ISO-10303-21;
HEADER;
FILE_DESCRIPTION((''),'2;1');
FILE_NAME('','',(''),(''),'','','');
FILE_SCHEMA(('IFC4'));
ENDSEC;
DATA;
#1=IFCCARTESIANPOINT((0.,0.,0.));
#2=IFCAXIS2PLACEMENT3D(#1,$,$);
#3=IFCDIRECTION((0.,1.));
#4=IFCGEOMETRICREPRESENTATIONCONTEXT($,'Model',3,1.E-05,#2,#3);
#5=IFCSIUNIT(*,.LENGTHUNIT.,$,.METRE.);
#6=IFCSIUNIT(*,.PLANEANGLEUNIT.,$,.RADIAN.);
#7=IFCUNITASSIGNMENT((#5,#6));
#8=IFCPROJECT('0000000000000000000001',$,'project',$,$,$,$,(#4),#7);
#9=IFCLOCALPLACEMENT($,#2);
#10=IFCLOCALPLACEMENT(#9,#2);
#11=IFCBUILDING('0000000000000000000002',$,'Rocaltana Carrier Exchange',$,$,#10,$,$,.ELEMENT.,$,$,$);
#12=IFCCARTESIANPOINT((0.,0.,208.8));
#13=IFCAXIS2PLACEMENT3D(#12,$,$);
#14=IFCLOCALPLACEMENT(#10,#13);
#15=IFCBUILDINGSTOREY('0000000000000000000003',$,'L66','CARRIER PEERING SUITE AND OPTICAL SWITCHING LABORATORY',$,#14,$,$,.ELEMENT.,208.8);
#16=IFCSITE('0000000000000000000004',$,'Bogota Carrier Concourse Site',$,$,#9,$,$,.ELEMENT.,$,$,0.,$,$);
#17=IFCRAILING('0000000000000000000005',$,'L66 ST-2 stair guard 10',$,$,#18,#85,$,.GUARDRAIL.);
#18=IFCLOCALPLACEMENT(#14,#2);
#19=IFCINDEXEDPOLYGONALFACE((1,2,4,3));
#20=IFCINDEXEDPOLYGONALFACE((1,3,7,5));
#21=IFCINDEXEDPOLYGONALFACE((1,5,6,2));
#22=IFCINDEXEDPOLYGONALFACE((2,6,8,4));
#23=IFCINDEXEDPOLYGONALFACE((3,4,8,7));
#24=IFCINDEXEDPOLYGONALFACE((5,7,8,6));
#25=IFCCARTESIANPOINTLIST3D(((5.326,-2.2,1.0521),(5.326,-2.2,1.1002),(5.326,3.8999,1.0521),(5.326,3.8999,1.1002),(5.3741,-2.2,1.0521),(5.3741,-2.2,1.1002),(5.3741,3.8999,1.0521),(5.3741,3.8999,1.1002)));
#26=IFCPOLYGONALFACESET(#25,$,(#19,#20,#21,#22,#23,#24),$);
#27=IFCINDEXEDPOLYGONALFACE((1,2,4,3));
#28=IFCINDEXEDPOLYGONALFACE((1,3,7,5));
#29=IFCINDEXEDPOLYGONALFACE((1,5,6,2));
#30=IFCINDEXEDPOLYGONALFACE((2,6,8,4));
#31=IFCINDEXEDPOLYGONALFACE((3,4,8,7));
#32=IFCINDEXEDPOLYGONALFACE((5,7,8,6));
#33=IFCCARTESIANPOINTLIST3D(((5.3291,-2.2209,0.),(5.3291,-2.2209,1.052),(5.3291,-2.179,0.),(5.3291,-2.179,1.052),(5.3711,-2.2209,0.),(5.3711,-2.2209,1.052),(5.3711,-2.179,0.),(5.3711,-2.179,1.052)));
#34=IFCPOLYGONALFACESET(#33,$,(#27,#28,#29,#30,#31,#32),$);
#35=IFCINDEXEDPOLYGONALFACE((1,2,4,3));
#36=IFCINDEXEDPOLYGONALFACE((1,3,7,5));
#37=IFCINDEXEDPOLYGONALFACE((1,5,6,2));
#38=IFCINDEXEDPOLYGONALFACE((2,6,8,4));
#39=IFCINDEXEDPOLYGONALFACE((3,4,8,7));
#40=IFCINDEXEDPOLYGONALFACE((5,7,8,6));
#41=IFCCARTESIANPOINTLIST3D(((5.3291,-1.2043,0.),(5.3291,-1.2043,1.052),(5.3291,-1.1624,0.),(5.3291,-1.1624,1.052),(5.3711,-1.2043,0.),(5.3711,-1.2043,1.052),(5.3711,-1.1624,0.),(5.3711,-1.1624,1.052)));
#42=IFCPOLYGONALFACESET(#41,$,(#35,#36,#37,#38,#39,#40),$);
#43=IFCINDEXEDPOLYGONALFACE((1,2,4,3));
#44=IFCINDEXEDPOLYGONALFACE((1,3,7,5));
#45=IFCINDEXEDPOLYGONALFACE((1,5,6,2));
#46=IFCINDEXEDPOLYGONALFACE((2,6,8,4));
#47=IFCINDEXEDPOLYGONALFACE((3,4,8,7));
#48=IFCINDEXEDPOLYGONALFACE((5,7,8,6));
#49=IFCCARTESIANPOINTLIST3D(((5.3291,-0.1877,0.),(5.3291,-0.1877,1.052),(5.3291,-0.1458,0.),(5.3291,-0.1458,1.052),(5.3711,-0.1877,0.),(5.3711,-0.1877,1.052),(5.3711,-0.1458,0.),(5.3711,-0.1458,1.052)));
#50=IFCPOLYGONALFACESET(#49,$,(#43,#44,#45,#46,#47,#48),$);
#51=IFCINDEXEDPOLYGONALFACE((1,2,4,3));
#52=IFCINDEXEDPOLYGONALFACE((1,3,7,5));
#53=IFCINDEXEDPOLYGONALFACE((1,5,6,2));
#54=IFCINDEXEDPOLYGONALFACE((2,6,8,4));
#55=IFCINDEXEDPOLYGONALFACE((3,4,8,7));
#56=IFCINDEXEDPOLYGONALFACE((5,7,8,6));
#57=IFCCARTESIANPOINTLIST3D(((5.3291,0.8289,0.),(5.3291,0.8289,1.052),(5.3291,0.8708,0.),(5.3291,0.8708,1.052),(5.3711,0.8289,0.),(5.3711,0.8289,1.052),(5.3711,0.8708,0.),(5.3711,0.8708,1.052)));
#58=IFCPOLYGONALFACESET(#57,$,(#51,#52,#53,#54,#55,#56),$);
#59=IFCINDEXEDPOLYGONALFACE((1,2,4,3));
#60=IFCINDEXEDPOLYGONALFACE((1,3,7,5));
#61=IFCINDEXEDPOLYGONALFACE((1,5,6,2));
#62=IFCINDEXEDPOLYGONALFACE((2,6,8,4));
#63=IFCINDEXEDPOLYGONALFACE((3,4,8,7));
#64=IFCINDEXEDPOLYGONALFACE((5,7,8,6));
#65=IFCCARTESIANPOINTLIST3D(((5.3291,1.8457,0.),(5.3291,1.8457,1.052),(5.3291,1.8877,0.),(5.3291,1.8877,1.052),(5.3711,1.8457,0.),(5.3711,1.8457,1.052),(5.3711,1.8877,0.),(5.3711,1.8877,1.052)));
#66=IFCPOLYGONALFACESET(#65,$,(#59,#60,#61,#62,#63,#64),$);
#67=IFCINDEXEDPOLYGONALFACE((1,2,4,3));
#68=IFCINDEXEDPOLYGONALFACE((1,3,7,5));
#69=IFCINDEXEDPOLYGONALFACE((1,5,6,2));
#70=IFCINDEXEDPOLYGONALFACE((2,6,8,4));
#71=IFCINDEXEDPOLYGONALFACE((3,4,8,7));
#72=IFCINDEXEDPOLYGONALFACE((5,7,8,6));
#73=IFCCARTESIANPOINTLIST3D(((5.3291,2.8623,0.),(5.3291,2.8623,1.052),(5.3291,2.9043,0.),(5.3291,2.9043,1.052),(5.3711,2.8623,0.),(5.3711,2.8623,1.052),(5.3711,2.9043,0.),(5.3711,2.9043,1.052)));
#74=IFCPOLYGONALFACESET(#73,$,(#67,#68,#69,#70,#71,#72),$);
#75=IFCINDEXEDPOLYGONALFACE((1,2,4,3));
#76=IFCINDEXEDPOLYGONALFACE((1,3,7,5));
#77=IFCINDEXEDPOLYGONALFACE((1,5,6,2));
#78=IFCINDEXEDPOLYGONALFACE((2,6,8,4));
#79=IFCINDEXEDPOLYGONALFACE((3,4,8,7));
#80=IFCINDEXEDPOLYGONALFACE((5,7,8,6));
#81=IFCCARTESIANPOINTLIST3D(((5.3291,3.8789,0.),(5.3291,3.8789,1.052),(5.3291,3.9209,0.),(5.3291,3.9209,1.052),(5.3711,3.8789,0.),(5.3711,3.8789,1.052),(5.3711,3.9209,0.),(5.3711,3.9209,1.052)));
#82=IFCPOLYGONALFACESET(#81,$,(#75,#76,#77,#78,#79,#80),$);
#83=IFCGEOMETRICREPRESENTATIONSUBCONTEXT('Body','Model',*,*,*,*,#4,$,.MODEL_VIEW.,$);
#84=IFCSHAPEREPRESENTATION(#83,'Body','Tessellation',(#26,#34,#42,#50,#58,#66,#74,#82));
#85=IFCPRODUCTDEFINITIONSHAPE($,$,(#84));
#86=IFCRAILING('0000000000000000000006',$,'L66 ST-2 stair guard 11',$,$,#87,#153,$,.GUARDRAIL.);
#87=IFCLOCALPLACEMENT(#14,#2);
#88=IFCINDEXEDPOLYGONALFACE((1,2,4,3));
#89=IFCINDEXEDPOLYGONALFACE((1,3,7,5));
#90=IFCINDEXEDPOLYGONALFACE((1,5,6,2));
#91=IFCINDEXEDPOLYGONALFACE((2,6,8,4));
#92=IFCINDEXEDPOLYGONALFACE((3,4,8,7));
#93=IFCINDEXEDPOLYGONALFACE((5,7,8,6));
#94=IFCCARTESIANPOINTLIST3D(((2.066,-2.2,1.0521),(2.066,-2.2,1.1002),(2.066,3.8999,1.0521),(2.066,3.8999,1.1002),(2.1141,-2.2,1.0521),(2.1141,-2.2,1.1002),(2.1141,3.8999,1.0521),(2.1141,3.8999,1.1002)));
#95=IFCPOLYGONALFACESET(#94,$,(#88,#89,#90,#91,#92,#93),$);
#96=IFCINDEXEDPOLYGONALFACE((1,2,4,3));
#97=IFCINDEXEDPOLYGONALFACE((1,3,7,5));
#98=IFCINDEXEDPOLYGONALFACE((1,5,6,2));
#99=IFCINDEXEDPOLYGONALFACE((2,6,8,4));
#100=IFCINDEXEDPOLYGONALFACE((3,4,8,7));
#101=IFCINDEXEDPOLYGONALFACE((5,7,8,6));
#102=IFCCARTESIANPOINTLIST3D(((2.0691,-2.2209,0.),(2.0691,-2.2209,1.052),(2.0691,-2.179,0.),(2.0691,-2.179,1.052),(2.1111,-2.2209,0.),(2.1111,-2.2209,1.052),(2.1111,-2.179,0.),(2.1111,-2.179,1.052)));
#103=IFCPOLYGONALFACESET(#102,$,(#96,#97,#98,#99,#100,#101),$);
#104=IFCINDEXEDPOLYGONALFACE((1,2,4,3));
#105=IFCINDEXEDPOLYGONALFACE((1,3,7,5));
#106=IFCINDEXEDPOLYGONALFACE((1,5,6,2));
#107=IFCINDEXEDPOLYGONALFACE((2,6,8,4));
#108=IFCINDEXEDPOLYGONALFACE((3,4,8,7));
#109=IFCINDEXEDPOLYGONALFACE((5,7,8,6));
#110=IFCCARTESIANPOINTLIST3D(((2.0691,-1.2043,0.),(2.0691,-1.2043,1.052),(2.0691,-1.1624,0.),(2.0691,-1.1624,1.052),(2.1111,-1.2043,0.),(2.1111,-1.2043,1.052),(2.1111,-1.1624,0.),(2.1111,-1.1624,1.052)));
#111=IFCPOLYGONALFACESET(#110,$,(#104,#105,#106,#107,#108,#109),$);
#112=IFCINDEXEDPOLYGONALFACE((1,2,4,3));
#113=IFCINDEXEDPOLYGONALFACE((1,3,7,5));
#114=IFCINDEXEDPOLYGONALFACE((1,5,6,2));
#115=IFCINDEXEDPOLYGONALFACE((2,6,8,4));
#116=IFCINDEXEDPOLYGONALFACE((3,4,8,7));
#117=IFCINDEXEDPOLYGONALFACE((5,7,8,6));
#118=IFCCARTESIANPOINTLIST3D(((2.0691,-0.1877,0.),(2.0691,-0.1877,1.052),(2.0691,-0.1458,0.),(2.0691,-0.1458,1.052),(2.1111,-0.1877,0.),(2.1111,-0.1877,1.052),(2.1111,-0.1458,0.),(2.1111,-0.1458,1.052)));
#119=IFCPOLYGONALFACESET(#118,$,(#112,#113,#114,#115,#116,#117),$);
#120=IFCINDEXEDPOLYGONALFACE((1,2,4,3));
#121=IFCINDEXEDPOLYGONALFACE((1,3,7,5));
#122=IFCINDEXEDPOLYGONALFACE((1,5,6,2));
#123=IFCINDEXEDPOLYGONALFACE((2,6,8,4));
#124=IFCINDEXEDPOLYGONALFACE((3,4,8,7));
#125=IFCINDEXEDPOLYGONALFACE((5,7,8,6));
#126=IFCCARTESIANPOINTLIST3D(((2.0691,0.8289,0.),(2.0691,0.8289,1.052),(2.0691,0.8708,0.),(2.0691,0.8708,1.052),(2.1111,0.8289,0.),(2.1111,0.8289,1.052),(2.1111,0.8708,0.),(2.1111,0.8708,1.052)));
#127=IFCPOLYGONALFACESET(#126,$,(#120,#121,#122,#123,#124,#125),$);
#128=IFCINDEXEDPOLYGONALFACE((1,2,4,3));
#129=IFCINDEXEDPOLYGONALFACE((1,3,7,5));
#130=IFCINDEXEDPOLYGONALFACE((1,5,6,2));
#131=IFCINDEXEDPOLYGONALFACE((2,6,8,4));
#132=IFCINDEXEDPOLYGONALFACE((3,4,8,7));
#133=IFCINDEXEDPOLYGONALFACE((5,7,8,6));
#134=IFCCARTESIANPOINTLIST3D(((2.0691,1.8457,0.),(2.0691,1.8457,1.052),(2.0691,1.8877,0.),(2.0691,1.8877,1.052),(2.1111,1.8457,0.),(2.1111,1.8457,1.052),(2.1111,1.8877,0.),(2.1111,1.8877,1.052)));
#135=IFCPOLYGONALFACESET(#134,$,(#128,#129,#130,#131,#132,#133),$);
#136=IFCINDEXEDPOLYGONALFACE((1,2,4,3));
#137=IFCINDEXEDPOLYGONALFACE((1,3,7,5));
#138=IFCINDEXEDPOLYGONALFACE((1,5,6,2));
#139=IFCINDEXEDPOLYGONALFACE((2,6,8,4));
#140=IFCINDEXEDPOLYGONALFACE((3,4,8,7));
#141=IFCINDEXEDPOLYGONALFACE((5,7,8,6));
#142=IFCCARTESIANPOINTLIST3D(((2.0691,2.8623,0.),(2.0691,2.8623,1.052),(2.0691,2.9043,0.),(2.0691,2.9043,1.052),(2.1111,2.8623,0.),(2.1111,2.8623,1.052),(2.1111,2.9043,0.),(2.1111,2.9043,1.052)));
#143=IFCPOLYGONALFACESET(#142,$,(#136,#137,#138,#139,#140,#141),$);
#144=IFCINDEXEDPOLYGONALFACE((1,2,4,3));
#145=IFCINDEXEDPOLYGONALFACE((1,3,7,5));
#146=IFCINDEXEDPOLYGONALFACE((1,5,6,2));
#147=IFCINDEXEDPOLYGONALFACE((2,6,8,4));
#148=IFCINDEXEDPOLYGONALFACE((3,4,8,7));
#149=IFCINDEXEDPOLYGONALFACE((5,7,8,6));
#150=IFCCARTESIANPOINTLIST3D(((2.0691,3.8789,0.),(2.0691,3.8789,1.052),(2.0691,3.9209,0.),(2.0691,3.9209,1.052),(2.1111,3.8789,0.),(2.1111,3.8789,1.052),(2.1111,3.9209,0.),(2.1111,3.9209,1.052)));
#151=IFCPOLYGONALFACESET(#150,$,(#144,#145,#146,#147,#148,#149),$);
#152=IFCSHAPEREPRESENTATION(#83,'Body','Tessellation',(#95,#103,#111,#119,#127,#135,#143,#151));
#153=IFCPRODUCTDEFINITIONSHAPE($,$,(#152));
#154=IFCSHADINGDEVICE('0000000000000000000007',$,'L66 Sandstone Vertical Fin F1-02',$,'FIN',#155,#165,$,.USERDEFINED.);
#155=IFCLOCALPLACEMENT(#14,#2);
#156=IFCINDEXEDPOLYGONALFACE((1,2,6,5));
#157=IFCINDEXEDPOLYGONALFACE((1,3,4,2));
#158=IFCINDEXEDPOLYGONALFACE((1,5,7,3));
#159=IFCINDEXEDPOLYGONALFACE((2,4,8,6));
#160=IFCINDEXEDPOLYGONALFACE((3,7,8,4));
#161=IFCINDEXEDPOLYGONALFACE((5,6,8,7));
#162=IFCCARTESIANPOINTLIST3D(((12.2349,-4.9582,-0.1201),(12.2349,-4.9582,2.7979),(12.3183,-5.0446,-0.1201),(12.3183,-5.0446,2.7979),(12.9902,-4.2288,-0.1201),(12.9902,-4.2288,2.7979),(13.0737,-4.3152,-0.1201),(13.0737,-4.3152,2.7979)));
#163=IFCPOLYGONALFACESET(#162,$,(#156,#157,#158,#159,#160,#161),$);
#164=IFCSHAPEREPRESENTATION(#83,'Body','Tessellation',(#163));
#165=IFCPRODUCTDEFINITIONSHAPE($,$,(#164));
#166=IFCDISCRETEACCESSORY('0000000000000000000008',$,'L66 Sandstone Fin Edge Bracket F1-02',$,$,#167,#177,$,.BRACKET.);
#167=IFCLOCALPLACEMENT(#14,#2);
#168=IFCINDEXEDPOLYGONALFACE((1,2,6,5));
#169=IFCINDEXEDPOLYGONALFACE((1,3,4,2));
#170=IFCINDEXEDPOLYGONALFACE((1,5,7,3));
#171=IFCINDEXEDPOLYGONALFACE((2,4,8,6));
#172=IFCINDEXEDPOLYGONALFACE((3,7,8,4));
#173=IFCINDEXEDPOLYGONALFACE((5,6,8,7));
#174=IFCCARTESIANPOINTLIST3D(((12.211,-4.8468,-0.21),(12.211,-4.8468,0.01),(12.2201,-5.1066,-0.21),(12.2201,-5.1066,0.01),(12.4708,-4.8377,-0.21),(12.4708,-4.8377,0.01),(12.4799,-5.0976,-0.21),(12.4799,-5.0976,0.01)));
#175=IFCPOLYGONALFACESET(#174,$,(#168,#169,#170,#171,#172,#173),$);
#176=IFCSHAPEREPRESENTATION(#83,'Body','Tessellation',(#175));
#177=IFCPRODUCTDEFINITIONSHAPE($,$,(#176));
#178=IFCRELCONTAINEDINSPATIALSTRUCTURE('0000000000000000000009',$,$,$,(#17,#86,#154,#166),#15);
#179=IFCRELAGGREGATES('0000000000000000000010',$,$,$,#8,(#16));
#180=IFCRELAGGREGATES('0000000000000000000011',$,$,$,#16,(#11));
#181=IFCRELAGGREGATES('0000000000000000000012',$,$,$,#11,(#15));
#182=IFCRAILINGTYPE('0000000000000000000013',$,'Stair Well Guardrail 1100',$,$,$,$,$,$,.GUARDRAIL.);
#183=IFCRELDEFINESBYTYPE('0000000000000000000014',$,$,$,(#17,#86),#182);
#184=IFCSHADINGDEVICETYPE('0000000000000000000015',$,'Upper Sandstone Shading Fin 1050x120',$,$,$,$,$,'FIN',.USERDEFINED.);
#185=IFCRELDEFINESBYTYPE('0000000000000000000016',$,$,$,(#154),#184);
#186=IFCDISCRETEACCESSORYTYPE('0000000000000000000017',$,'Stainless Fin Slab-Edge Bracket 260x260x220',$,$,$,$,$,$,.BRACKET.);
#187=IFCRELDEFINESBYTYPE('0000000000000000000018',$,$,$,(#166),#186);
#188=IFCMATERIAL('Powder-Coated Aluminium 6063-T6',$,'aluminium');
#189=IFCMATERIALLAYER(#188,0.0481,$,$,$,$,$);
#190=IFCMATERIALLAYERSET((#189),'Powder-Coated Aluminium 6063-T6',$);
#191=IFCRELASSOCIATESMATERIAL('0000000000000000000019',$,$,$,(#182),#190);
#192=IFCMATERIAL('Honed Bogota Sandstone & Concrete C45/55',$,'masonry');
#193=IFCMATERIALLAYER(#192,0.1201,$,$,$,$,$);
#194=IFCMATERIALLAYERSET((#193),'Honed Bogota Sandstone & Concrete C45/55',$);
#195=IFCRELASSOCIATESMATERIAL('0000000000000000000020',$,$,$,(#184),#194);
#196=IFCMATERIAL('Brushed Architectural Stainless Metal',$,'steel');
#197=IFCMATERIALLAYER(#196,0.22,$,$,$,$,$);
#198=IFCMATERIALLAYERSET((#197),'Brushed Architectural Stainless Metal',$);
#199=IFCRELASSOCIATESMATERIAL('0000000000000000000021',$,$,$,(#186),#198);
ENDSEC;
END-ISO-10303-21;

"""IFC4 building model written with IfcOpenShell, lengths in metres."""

from ifc_helpers import new_model, si_unit, direction, frame, origin, origin_2d, place, context, subcontext, project, spatial, rectangle, extrude, material, layer, layer_set, type_object, element, save


model = new_model("IFC4")

# Units and contexts
model_context = context("Model", 3, precision=1e-05, world=origin(), true_north=direction((0.0, 1.0)))
body_context = subcontext(model_context, "Body", "Model", "MODEL_VIEW")
ifc_project = project(units=[si_unit("LENGTHUNIT", "METRE"), si_unit("PLANEANGLEUNIT", "RADIAN")], contexts=[model_context])

# Site, building, storey
site_placement = place(None, origin())
site = spatial("IfcSite", under=ifc_project, at=site_placement, Name="Bogota Carrier Concourse Site", CompositionType="ELEMENT", RefElevation=0.0)
building_placement = place(site_placement, origin())
building = spatial("IfcBuilding", under=site, at=building_placement, Name="Rocaltana Carrier Exchange", CompositionType="ELEMENT")
storey_placement = place(building_placement, frame((0.0, 0.0, 208.8)))
storey = spatial("IfcBuildingStorey", under=building, at=storey_placement, Name="L66", Description="CARRIER PEERING SUITE AND OPTICAL SWITCHING LABORATORY", CompositionType="ELEMENT", Elevation=208.8)

# Railings
ifc_material_1 = material(Name="Powder-Coated Aluminium 6063-T6", Category="aluminium")
ifc_layer_1 = layer(ifc_material_1, 0.0481)
ifc_layer_set_1 = layer_set([ifc_layer_1], Name="Powder-Coated Aluminium 6063-T6")
railing_type_1 = type_object("IfcRailingType", Name="Stair Well Guardrail 1100", PredefinedType="GUARDRAIL", material=ifc_layer_set_1)
for number, where, name in (
    (1, (5.3501, -2.2, 0.0), "L66 ST-2 stair guard 10"),
    (2, (2.0901, -2.2, 0.0), "L66 ST-2 stair guard 11"),
):
    element("IfcRailing", number, at=place(storey_placement, frame(where)), inside=storey, type_object=railing_type_1, Name=name, PredefinedType="GUARDRAIL", context=body_context, shape_type="SweptSolid", body=[
        extrude(rectangle(XDim=0.0481, YDim=0.0481, at=origin_2d()), frame((0.0, 0.0, 1.0762), z_axis=(0.0, 1.0, 0.0), x_axis=(-1.0, 0.0, 0.0)), (0.0, 0.0, 1.0), 6.0999),
        extrude(rectangle(XDim=0.042, YDim=0.042, at=origin_2d()), origin(), (0.0, 0.0, 1.0), 1.052),
        extrude(rectangle(XDim=0.042, YDim=0.042, at=origin_2d()), frame((0.0, 1.0166, 0.0)), (0.0, 0.0, 1.0), 1.052),
        extrude(rectangle(XDim=0.042, YDim=0.042, at=origin_2d()), frame((0.0, 2.0332, 0.0)), (0.0, 0.0, 1.0), 1.052),
        extrude(rectangle(XDim=0.042, YDim=0.042, at=origin_2d()), frame((0.0, 3.0498, 0.0)), (0.0, 0.0, 1.0), 1.052),
        extrude(rectangle(XDim=0.042, YDim=0.042, at=origin_2d()), frame((0.0, 4.0667, 0.0)), (0.0, 0.0, 1.0), 1.052),
        extrude(rectangle(XDim=0.042, YDim=0.042, at=origin_2d()), frame((0.0, 5.0833, 0.0)), (0.0, 0.0, 1.0), 1.052),
        extrude(rectangle(XDim=0.042, YDim=0.042, at=origin_2d()), frame((0.0, 6.0999, 0.0)), (0.0, 0.0, 1.0), 1.052),
    ])

# Shading device
ifc_material_2 = material(Name="Honed Bogota Sandstone & Concrete C45/55", Category="masonry")
ifc_layer_2 = layer(ifc_material_2, 0.1201)
ifc_layer_set_2 = layer_set([ifc_layer_2], Name="Honed Bogota Sandstone & Concrete C45/55")
shading_device_type = type_object("IfcShadingDeviceType", Name="Upper Sandstone Shading Fin 1050x120", ElementType="FIN", PredefinedType="USERDEFINED", material=ifc_layer_set_2)
shading_device_placement = place(storey_placement, frame((12.6543, -4.6367, -0.1201), z_axis=(0.0, 0.0, 1.0), x_axis=(0.71934, 0.694658, 0.0)))
element("IfcShadingDevice", 3, at=shading_device_placement, inside=storey, type_object=shading_device_type, Name="L66 Sandstone Vertical Fin F1-02", ObjectType="FIN", PredefinedType="USERDEFINED", context=body_context, shape_type="SweptSolid", body=[
    extrude(rectangle(XDim=1.05, YDim=0.1201, at=origin_2d()), origin(), (0.0, 0.0, 1.0), 2.918),
])

# Discrete accessory
ifc_material_3 = material(Name="Brushed Architectural Stainless Metal", Category="steel")
ifc_layer_3 = layer(ifc_material_3, 0.22)
ifc_layer_set_3 = layer_set([ifc_layer_3], Name="Brushed Architectural Stainless Metal")
discrete_accessory_type = type_object("IfcDiscreteAccessoryType", Name="Stainless Fin Slab-Edge Bracket 260x260x220", PredefinedType="BRACKET", material=ifc_layer_set_3)
discrete_accessory_placement = place(storey_placement, frame((12.3455, -4.9722, -0.21), z_axis=(0.0, 0.0, 1.0), x_axis=(-0.034899, 0.999391, 0.0)))
element("IfcDiscreteAccessory", 4, at=discrete_accessory_placement, inside=storey, type_object=discrete_accessory_type, Name="L66 Sandstone Fin Edge Bracket F1-02", PredefinedType="BRACKET", context=body_context, shape_type="SweptSolid", body=[
    extrude(rectangle(XDim=0.26, YDim=0.26, at=origin_2d()), origin(), (0.0, 0.0, 1.0), 0.22),
])

save(model, "model.ifc")
